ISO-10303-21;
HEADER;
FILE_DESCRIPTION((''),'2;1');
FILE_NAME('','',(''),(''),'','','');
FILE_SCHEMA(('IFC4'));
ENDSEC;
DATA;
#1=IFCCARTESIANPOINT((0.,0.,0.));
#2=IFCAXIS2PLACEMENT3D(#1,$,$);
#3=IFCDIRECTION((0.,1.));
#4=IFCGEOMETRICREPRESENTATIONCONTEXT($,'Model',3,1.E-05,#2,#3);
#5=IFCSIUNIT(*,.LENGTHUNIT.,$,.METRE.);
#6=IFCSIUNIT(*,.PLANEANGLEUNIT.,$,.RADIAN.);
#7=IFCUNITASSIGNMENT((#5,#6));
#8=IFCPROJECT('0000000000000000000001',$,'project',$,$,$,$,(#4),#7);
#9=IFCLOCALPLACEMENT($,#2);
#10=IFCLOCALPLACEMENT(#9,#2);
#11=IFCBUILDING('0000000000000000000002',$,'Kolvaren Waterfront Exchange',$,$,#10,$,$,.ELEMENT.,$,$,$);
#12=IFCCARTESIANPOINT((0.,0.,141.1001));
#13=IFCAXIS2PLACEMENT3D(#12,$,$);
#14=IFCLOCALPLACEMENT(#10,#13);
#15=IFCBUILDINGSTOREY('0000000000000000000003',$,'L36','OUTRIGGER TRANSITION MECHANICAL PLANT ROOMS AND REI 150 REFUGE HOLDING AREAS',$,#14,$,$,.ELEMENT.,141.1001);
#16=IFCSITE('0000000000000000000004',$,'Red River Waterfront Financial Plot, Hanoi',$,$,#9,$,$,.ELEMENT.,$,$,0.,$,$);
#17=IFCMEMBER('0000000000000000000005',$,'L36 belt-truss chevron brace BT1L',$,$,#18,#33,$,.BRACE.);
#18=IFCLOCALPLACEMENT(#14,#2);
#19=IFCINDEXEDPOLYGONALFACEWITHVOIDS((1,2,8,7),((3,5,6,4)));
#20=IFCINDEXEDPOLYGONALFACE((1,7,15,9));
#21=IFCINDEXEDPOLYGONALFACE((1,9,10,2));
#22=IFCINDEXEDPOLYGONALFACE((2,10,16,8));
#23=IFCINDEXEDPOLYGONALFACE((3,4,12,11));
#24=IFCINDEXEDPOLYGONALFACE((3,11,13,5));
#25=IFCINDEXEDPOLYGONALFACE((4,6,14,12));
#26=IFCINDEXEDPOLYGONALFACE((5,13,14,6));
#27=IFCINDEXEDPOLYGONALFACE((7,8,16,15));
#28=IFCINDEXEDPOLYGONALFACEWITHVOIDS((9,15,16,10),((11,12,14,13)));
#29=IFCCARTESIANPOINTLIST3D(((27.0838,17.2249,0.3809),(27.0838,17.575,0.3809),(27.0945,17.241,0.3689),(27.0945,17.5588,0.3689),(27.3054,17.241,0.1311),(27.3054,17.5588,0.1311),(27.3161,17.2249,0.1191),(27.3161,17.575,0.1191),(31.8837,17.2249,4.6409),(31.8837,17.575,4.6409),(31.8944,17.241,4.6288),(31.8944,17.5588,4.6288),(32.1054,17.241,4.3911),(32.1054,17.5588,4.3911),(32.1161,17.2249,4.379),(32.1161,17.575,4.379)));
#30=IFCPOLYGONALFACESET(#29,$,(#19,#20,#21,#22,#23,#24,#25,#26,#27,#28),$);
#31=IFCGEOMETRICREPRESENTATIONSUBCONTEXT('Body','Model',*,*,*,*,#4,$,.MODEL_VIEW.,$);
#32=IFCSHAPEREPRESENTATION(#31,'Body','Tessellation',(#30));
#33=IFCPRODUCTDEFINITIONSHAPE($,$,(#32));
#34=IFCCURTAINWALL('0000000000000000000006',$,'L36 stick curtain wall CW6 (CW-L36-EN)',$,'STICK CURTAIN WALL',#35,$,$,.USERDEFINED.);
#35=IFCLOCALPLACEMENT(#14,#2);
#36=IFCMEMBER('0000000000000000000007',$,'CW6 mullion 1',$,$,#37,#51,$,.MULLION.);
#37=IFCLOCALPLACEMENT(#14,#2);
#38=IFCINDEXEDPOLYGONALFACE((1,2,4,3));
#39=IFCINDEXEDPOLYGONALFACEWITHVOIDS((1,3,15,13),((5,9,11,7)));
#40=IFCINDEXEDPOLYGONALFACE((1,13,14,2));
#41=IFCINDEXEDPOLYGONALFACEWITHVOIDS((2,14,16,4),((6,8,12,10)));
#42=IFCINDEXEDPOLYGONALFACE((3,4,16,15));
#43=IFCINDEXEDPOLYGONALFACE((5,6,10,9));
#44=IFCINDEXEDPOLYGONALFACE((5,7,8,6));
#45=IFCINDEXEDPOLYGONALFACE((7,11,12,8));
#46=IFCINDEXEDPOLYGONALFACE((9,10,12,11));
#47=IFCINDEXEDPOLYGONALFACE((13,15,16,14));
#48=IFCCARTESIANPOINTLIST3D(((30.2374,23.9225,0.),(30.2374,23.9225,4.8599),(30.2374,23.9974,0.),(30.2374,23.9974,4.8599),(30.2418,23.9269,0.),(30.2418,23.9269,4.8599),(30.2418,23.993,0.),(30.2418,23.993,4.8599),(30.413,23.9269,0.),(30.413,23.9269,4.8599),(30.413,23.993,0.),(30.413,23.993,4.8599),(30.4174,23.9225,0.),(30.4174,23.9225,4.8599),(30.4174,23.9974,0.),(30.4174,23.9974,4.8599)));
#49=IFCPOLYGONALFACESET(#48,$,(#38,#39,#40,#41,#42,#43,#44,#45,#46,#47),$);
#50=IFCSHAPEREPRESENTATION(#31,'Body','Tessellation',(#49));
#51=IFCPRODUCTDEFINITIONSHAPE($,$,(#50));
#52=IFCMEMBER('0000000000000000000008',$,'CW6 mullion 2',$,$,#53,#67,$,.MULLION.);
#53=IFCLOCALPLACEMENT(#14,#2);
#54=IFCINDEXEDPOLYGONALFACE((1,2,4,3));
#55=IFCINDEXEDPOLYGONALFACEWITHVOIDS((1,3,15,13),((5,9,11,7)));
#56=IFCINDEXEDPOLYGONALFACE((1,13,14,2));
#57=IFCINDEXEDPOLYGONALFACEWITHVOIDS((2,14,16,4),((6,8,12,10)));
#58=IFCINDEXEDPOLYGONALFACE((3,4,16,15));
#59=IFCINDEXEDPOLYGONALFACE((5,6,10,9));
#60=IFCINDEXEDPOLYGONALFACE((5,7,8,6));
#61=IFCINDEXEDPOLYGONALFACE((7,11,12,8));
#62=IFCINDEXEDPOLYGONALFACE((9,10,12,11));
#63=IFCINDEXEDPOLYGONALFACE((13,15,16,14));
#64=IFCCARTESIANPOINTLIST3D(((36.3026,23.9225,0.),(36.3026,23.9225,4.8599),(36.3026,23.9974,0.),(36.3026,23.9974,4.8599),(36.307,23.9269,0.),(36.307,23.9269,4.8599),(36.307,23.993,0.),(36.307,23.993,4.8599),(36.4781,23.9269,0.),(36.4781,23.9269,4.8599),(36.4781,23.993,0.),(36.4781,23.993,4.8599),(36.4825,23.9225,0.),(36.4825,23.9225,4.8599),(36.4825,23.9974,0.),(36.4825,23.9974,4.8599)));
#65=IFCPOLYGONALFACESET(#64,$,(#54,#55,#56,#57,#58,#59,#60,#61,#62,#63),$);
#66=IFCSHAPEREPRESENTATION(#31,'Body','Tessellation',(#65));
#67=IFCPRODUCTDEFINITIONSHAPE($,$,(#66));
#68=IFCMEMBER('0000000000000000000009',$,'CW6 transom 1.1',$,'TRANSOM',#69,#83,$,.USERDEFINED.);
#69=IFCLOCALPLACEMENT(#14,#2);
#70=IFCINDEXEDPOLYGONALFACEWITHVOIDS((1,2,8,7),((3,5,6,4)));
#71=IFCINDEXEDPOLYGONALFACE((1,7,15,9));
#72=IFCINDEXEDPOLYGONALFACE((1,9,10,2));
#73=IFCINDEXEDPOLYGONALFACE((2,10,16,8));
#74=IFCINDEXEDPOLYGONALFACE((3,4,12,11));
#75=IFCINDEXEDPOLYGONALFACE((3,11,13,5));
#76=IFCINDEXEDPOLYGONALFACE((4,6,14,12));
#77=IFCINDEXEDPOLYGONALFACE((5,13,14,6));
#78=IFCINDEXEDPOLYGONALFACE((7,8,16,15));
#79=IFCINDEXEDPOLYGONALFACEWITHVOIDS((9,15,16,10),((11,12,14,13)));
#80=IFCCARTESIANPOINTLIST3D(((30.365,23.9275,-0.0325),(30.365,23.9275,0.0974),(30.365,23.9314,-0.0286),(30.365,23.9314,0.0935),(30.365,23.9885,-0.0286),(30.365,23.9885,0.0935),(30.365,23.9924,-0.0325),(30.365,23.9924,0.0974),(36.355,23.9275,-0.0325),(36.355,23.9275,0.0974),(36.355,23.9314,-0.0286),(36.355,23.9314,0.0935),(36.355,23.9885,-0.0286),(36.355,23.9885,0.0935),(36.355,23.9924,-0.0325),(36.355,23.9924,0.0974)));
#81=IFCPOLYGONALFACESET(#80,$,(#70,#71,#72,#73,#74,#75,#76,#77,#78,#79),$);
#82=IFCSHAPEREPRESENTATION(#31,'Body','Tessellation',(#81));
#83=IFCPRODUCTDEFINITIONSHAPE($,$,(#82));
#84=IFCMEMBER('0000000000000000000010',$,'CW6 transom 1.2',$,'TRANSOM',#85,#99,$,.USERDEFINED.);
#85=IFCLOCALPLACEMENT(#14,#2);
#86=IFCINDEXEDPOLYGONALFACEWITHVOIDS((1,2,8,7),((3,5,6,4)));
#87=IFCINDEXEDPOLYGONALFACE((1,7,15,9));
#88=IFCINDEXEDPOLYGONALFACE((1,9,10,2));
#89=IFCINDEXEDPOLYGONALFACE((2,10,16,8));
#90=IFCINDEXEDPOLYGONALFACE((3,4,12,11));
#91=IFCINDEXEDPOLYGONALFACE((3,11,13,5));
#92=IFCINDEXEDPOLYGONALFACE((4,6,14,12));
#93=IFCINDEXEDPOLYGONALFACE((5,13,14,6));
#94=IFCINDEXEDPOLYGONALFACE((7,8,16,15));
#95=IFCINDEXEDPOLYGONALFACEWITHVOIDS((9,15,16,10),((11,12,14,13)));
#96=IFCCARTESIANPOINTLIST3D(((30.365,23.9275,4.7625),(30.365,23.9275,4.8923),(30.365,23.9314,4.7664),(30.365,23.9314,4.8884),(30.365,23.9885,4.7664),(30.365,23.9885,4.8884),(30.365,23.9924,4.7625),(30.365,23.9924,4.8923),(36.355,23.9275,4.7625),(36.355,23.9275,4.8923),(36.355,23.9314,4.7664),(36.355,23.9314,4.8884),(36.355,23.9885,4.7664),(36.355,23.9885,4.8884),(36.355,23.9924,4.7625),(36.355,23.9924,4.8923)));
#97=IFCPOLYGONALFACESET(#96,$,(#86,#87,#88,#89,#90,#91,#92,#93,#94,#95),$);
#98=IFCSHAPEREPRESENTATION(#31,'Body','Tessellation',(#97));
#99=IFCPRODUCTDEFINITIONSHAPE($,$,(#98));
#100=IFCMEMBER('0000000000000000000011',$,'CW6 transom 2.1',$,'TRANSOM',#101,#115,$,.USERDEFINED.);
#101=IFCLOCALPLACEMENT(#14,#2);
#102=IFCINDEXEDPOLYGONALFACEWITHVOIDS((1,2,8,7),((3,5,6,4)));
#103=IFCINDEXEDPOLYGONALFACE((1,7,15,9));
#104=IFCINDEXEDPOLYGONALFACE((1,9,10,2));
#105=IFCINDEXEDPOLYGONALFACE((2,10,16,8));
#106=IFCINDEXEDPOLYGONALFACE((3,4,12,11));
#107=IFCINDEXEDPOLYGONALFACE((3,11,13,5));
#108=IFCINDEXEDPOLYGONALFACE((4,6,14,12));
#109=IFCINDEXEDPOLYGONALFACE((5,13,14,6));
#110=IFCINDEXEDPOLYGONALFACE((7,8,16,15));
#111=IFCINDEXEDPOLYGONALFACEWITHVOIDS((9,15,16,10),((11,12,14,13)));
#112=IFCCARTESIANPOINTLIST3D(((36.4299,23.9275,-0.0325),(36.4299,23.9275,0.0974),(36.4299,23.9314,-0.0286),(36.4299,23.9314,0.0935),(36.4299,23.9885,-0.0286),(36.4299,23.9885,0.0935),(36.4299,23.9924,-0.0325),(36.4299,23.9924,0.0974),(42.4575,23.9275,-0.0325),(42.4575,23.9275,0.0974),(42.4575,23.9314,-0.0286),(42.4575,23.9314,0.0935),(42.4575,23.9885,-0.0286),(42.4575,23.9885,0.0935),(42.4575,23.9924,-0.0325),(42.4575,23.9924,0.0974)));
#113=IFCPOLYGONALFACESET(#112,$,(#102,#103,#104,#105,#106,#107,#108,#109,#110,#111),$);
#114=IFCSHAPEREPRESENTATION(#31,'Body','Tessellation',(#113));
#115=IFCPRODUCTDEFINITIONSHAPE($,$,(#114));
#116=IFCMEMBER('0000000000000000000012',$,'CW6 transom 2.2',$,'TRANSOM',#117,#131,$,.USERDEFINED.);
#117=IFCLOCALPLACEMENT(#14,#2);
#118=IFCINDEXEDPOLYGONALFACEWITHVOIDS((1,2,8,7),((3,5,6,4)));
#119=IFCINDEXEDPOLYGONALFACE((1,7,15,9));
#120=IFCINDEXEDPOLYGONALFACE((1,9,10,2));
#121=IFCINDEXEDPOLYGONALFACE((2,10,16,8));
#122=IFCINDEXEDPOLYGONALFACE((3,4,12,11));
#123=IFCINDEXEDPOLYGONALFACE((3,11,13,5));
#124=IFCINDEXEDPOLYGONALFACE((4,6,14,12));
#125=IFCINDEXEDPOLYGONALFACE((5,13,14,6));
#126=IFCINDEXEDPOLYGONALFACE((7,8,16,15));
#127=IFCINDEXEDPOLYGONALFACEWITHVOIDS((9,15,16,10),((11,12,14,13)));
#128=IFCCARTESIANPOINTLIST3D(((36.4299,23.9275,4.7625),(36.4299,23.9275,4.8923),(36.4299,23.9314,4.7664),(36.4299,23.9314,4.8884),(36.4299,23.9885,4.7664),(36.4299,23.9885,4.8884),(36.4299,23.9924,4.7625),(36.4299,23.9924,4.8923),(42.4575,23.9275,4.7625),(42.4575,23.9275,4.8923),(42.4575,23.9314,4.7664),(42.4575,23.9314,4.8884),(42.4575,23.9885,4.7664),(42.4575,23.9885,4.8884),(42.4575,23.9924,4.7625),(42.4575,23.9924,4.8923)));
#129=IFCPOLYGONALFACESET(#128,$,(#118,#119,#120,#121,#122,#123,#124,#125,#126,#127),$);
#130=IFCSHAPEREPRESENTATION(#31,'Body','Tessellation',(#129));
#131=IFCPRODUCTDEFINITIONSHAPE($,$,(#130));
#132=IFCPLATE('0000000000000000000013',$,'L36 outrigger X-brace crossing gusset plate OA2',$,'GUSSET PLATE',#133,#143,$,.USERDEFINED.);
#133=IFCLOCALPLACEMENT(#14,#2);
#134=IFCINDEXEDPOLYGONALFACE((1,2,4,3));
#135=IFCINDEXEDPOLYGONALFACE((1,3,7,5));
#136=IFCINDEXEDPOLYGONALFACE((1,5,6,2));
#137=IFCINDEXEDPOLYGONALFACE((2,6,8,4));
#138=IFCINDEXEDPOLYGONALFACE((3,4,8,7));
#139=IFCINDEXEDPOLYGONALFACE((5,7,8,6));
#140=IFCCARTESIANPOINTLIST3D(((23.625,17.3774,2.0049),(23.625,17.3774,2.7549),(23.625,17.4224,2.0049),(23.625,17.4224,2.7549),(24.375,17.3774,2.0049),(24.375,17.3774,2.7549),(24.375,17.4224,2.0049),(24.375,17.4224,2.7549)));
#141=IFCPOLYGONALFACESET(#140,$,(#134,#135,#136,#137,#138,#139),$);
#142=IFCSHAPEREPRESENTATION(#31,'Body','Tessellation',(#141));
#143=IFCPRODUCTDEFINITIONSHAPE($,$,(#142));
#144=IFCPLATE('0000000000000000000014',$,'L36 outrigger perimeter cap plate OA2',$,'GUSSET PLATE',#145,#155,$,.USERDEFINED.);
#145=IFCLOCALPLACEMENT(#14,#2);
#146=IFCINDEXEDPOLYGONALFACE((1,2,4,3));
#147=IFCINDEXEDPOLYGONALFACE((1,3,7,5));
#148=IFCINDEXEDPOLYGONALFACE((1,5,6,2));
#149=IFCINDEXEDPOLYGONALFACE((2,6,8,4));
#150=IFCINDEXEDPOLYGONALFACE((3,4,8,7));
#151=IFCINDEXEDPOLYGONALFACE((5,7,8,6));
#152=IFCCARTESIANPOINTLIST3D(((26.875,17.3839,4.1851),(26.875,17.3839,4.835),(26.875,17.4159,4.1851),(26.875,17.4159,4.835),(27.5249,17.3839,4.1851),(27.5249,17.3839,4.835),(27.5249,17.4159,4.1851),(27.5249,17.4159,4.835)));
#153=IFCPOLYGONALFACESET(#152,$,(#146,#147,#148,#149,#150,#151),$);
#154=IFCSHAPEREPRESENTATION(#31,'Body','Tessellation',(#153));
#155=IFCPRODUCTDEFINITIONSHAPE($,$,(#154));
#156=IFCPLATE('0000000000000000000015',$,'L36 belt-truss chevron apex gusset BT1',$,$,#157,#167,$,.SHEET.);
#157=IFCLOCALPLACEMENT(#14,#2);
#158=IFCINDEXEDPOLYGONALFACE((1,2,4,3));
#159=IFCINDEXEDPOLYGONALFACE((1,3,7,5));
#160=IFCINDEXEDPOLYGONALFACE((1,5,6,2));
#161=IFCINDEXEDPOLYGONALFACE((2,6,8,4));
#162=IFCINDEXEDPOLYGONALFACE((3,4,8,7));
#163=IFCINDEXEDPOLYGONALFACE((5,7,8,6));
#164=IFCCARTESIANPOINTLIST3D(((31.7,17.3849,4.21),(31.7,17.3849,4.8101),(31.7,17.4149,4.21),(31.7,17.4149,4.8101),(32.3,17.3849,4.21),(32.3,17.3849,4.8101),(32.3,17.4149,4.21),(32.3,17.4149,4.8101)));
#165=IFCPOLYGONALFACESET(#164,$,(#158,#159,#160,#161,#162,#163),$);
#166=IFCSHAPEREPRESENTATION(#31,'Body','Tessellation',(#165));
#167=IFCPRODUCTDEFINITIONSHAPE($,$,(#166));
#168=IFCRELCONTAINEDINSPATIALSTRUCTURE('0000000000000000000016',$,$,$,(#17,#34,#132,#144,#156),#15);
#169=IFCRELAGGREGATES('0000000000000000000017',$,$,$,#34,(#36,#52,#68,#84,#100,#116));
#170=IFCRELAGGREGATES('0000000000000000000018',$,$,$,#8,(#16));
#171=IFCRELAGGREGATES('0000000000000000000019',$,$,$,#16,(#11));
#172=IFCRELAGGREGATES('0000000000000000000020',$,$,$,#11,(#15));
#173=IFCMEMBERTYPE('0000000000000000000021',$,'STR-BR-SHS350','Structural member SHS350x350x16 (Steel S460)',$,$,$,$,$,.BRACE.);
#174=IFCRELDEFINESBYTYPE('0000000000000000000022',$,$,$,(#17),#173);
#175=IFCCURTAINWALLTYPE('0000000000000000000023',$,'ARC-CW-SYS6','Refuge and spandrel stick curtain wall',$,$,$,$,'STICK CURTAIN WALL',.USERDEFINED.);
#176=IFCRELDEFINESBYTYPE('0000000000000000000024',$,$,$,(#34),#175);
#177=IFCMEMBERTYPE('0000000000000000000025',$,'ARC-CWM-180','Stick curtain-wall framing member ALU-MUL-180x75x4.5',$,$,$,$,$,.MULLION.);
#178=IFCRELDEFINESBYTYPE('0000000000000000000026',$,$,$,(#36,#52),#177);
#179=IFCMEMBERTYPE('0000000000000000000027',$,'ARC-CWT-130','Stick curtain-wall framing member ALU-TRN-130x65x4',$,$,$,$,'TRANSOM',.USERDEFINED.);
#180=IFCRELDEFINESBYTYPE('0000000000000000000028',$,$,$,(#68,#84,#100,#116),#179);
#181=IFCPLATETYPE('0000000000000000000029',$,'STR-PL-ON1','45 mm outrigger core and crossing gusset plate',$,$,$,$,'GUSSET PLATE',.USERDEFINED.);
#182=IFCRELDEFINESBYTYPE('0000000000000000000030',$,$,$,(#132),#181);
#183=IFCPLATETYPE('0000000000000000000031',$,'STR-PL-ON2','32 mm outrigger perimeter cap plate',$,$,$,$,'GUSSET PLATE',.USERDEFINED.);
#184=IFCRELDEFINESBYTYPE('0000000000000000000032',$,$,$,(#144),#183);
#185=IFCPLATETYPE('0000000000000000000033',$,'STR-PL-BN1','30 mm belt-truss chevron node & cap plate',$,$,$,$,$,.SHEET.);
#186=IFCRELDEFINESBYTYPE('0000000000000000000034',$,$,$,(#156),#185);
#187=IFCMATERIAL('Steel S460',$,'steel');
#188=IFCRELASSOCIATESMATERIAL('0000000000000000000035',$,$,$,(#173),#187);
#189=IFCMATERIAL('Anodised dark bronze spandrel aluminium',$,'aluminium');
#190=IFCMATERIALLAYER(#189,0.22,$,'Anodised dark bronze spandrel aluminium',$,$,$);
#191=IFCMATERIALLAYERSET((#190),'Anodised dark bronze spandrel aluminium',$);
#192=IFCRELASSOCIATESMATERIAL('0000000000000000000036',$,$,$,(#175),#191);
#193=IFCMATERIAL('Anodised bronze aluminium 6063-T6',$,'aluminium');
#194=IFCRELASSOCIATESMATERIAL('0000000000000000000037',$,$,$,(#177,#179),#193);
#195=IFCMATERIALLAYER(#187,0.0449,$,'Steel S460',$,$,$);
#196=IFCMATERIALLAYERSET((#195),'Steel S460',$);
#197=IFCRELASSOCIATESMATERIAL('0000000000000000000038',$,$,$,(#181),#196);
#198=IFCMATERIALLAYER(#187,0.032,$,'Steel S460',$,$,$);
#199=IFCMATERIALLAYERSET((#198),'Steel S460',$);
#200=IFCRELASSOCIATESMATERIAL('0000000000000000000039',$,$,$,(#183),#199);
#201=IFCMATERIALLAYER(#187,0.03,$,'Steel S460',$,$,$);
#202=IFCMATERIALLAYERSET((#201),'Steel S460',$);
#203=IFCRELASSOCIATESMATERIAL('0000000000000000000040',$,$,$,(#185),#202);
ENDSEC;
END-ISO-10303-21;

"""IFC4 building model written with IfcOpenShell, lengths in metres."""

from ifc_helpers import new_model, si_unit, direction, frame, origin, origin_with_axes, origin_2d, place, context, subcontext, project, spatial, rectangle, hollow_rectangle, extrude, source, transform, mapped, material, layer, layer_set, material_profile, profile_set, type_object, element, aggregate, save


model = new_model("IFC4")

# Units and contexts
model_context = context("Model", 3, precision=1e-05, world=origin(), true_north=direction((0.0, 1.0)))
body_context = subcontext(model_context, "Body", "Model", "MODEL_VIEW")
ifc_project = project(units=[si_unit("LENGTHUNIT", "METRE"), si_unit("PLANEANGLEUNIT", "RADIAN")], contexts=[model_context])

# Site, building, storey
site_placement = place(None, origin())
site = spatial("IfcSite", under=ifc_project, at=site_placement, Name="Red River Waterfront Financial Plot, Hanoi", CompositionType="ELEMENT", RefElevation=0.0)
building_placement = place(site_placement, origin())
building = spatial("IfcBuilding", under=site, at=building_placement, Name="Kolvaren Waterfront Exchange", CompositionType="ELEMENT")
storey_placement = place(building_placement, frame((0.0, 0.0, 141.1001)))
storey = spatial("IfcBuildingStorey", under=building, at=storey_placement, Name="L36", Description="OUTRIGGER TRANSITION MECHANICAL PLANT ROOMS AND REI 150 REFUGE HOLDING AREAS", CompositionType="ELEMENT", Elevation=141.1001)

# Member
ifc_material_1 = material(Name="Steel S460", Category="steel")
ifc_material_profile_1 = material_profile(ifc_material_1, hollow_rectangle(XDim=0.3501, YDim=0.3501, WallThickness=0.0161, at=origin_2d()), Name="SHS350x350x16")
ifc_profile_set_1 = profile_set([ifc_material_profile_1], Name="Steel S460")
member_type_1 = type_object("IfcMemberType", Name="STR-BR-SHS350", Description="Structural member SHS350x350x16 (Steel S460)", PredefinedType="BRACE", material=ifc_profile_set_1)
member_1_placement = place(storey_placement, frame((27.2, 17.3999, 0.25), z_axis=(0.747928, 0.0, 0.66378), x_axis=(0.0, 1.0, 0.0)))
element("IfcMember", 1, at=member_1_placement, inside=storey, type_object=member_type_1, Name="L36 belt-truss chevron brace BT1L", PredefinedType="BRACE", context=body_context, shape_type="SweptSolid", body=[
    extrude(hollow_rectangle(XDim=0.3501, YDim=0.3501, WallThickness=0.0161, at=origin_2d()), origin(), (0.0, 0.0, 1.0), 6.4177),
])

# Curtain wall, members
ifc_material_2 = material(Name="Anodised dark bronze spandrel aluminium", Category="aluminium")
ifc_layer_1 = layer(ifc_material_2, 0.22, Name="Anodised dark bronze spandrel aluminium")
ifc_layer_set_1 = layer_set([ifc_layer_1], Name="Anodised dark bronze spandrel aluminium")
curtain_wall_type = type_object("IfcCurtainWallType", Name="ARC-CW-SYS6", Description="Refuge and spandrel stick curtain wall", ElementType="STICK CURTAIN WALL", PredefinedType="USERDEFINED", material=ifc_layer_set_1)
curtain_wall_placement = place(storey_placement, origin())
curtain_wall = element("IfcCurtainWall", 2, at=curtain_wall_placement, inside=storey, type_object=curtain_wall_type, Name="L36 stick curtain wall CW6 (CW-L36-EN)", ObjectType="STICK CURTAIN WALL", PredefinedType="USERDEFINED")
ifc_material_3 = material(Name="Anodised bronze aluminium 6063-T6", Category="aluminium")
ifc_material_profile_2 = material_profile(ifc_material_3, hollow_rectangle(XDim=0.075, YDim=0.1799, WallThickness=0.0044, at=origin_2d()), Name="ALU-MUL-180x75x4.5")
ifc_profile_set_2 = profile_set([ifc_material_profile_2], Name="Anodised bronze aluminium 6063-T6")
member_type_2 = type_object("IfcMemberType", Name="ARC-CWM-180", Description="Stick curtain-wall framing member ALU-MUL-180x75x4.5", PredefinedType="MULLION", material=ifc_profile_set_2)
shared_shape_1 = source(origin_with_axes(), body_context, "Body", "SweptSolid", [
    extrude(hollow_rectangle(XDim=0.075, YDim=0.1799, WallThickness=0.0044, at=origin_2d()), origin(), (0.0, 0.0, 1.0), 4.8599),
])
member_2_placement = place(storey_placement, frame((30.3274, 23.96, 0.0), z_axis=(0.0, 0.0, 1.0), x_axis=(0.0, 1.0, 0.0)))
member_2 = element("IfcMember", 3, at=member_2_placement, type_object=member_type_2, Name="CW6 mullion 1", PredefinedType="MULLION", context=body_context, shape_type="MappedRepresentation", body=[
    mapped(shared_shape_1, transform((0.0, 0.0, 0.0), x_axis=(1.0, 0.0, 0.0), y_axis=(0.0, 1.0, 0.0), z_axis=(0.0, 0.0, 1.0), scale=1.0)),
])
member_3_placement = place(storey_placement, frame((36.3926, 23.96, 0.0), z_axis=(0.0, 0.0, 1.0), x_axis=(0.0, 1.0, 0.0)))
member_3 = element("IfcMember", 4, at=member_3_placement, type_object=member_type_2, Name="CW6 mullion 2", PredefinedType="MULLION", context=body_context, shape_type="MappedRepresentation", body=[
    mapped(shared_shape_1, transform((0.0, 0.0, 0.0), x_axis=(1.0, 0.0, 0.0), y_axis=(0.0, 1.0, 0.0), z_axis=(0.0, 0.0, 1.0), scale=1.0)),
])
ifc_material_profile_3 = material_profile(ifc_material_3, hollow_rectangle(XDim=0.0649, YDim=0.1299, WallThickness=0.0039, at=origin_2d()), Name="ALU-TRN-130x65x4")
ifc_profile_set_3 = profile_set([ifc_material_profile_3], Name="Anodised bronze aluminium 6063-T6")
member_type_3 = type_object("IfcMemberType", Name="ARC-CWT-130", Description="Stick curtain-wall framing member ALU-TRN-130x65x4", ElementType="TRANSOM", PredefinedType="USERDEFINED", material=ifc_profile_set_3)
shared_shape_2 = source(origin_with_axes(), body_context, "Body", "SweptSolid", [
    extrude(hollow_rectangle(XDim=0.0649, YDim=0.1299, WallThickness=0.0039, at=origin_2d()), origin(), (0.0, 0.0, 1.0), 5.99),
])
member_4_placement = place(storey_placement, frame((30.365, 23.96, 0.0325), z_axis=(1.0, 0.0, 0.0), x_axis=(0.0, 1.0, 0.0)))
member_4 = element("IfcMember", 5, at=member_4_placement, type_object=member_type_3, Name="CW6 transom 1.1", ObjectType="TRANSOM", PredefinedType="USERDEFINED", context=body_context, shape_type="MappedRepresentation", body=[
    mapped(shared_shape_2, transform((0.0, 0.0, 0.0), x_axis=(1.0, 0.0, 0.0), y_axis=(0.0, 1.0, 0.0), z_axis=(0.0, 0.0, 1.0), scale=1.0)),
])
member_5_placement = place(storey_placement, frame((30.365, 23.96, 4.8274), z_axis=(1.0, 0.0, 0.0), x_axis=(0.0, 1.0, 0.0)))
member_5 = element("IfcMember", 6, at=member_5_placement, type_object=member_type_3, Name="CW6 transom 1.2", ObjectType="TRANSOM", PredefinedType="USERDEFINED", context=body_context, shape_type="MappedRepresentation", body=[
    mapped(shared_shape_2, transform((0.0, 0.0, 0.0), x_axis=(1.0, 0.0, 0.0), y_axis=(0.0, 1.0, 0.0), z_axis=(0.0, 0.0, 1.0), scale=1.0)),
])
shared_shape_3 = source(origin_with_axes(), body_context, "Body", "SweptSolid", [
    extrude(hollow_rectangle(XDim=0.0649, YDim=0.1299, WallThickness=0.0039, at=origin_2d()), origin(), (0.0, 0.0, 1.0), 6.0276),
])
member_6_placement = place(storey_placement, frame((36.4299, 23.96, 0.0325), z_axis=(1.0, 0.0, 0.0), x_axis=(0.0, 1.0, 0.0)))
member_6 = element("IfcMember", 7, at=member_6_placement, type_object=member_type_3, Name="CW6 transom 2.1", ObjectType="TRANSOM", PredefinedType="USERDEFINED", context=body_context, shape_type="MappedRepresentation", body=[
    mapped(shared_shape_3, transform((0.0, 0.0, 0.0), x_axis=(1.0, 0.0, 0.0), y_axis=(0.0, 1.0, 0.0), z_axis=(0.0, 0.0, 1.0), scale=1.0)),
])
member_7_placement = place(storey_placement, frame((36.4299, 23.96, 4.8274), z_axis=(1.0, 0.0, 0.0), x_axis=(0.0, 1.0, 0.0)))
member_7 = element("IfcMember", 8, at=member_7_placement, type_object=member_type_3, Name="CW6 transom 2.2", ObjectType="TRANSOM", PredefinedType="USERDEFINED", context=body_context, shape_type="MappedRepresentation", body=[
    mapped(shared_shape_3, transform((0.0, 0.0, 0.0), x_axis=(1.0, 0.0, 0.0), y_axis=(0.0, 1.0, 0.0), z_axis=(0.0, 0.0, 1.0), scale=1.0)),
])

# Plates
ifc_layer_2 = layer(ifc_material_1, 0.0449, Name="Steel S460")
ifc_layer_set_2 = layer_set([ifc_layer_2], Name="Steel S460")
plate_type_1 = type_object("IfcPlateType", Name="STR-PL-ON1", Description="45 mm outrigger core and crossing gusset plate", ElementType="GUSSET PLATE", PredefinedType="USERDEFINED", material=ifc_layer_set_2)
shared_shape_4 = source(origin_with_axes(), body_context, "Body", "SweptSolid", [
    extrude(rectangle(XDim=0.75, YDim=0.0449, at=origin_2d()), origin(), (0.0, 0.0, 1.0), 0.75),
])
plate_1_placement = place(storey_placement, frame((24.0, 17.3999, 2.0049), z_axis=(0.0, 0.0, 1.0), x_axis=(1.0, 0.0, 0.0)))
element("IfcPlate", 9, at=plate_1_placement, inside=storey, type_object=plate_type_1, Name="L36 outrigger X-brace crossing gusset plate OA2", ObjectType="GUSSET PLATE", PredefinedType="USERDEFINED", context=body_context, shape_type="MappedRepresentation", body=[
    mapped(shared_shape_4, transform((0.0, 0.0, 0.0), x_axis=(1.0, 0.0, 0.0), y_axis=(0.0, 1.0, 0.0), z_axis=(0.0, 0.0, 1.0), scale=1.0)),
])
ifc_layer_3 = layer(ifc_material_1, 0.032, Name="Steel S460")
ifc_layer_set_3 = layer_set([ifc_layer_3], Name="Steel S460")
plate_type_2 = type_object("IfcPlateType", Name="STR-PL-ON2", Description="32 mm outrigger perimeter cap plate", ElementType="GUSSET PLATE", PredefinedType="USERDEFINED", material=ifc_layer_set_3)
shared_shape_5 = source(origin_with_axes(), body_context, "Body", "SweptSolid", [
    extrude(rectangle(XDim=0.6499, YDim=0.032, at=origin_2d()), origin(), (0.0, 0.0, 1.0), 0.6499),
])
plate_2_placement = place(storey_placement, frame((27.2, 17.3999, 4.1851), z_axis=(0.0, 0.0, 1.0), x_axis=(1.0, 0.0, 0.0)))
element("IfcPlate", 10, at=plate_2_placement, inside=storey, type_object=plate_type_2, Name="L36 outrigger perimeter cap plate OA2", ObjectType="GUSSET PLATE", PredefinedType="USERDEFINED", context=body_context, shape_type="MappedRepresentation", body=[
    mapped(shared_shape_5, transform((0.0, 0.0, 0.0), x_axis=(1.0, 0.0, 0.0), y_axis=(0.0, 1.0, 0.0), z_axis=(0.0, 0.0, 1.0), scale=1.0)),
])
ifc_layer_4 = layer(ifc_material_1, 0.03, Name="Steel S460")
ifc_layer_set_4 = layer_set([ifc_layer_4], Name="Steel S460")
plate_type_3 = type_object("IfcPlateType", Name="STR-PL-BN1", Description="30 mm belt-truss chevron node & cap plate", PredefinedType="SHEET", material=ifc_layer_set_4)
shared_shape_6 = source(origin_with_axes(), body_context, "Body", "SweptSolid", [
    extrude(rectangle(XDim=0.6001, YDim=0.03, at=origin_2d()), origin(), (0.0, 0.0, 1.0), 0.6001),
])
plate_3_placement = place(storey_placement, frame((32.0, 17.3999, 4.21), z_axis=(0.0, 0.0, 1.0), x_axis=(1.0, 0.0, 0.0)))
element("IfcPlate", 11, at=plate_3_placement, inside=storey, type_object=plate_type_3, Name="L36 belt-truss chevron apex gusset BT1", PredefinedType="SHEET", context=body_context, shape_type="MappedRepresentation", body=[
    mapped(shared_shape_6, transform((0.0, 0.0, 0.0), x_axis=(1.0, 0.0, 0.0), y_axis=(0.0, 1.0, 0.0), z_axis=(0.0, 0.0, 1.0), scale=1.0)),
])

aggregate(curtain_wall, [member_2, member_3, member_4, member_5, member_6, member_7])

save(model, "model.ifc")
